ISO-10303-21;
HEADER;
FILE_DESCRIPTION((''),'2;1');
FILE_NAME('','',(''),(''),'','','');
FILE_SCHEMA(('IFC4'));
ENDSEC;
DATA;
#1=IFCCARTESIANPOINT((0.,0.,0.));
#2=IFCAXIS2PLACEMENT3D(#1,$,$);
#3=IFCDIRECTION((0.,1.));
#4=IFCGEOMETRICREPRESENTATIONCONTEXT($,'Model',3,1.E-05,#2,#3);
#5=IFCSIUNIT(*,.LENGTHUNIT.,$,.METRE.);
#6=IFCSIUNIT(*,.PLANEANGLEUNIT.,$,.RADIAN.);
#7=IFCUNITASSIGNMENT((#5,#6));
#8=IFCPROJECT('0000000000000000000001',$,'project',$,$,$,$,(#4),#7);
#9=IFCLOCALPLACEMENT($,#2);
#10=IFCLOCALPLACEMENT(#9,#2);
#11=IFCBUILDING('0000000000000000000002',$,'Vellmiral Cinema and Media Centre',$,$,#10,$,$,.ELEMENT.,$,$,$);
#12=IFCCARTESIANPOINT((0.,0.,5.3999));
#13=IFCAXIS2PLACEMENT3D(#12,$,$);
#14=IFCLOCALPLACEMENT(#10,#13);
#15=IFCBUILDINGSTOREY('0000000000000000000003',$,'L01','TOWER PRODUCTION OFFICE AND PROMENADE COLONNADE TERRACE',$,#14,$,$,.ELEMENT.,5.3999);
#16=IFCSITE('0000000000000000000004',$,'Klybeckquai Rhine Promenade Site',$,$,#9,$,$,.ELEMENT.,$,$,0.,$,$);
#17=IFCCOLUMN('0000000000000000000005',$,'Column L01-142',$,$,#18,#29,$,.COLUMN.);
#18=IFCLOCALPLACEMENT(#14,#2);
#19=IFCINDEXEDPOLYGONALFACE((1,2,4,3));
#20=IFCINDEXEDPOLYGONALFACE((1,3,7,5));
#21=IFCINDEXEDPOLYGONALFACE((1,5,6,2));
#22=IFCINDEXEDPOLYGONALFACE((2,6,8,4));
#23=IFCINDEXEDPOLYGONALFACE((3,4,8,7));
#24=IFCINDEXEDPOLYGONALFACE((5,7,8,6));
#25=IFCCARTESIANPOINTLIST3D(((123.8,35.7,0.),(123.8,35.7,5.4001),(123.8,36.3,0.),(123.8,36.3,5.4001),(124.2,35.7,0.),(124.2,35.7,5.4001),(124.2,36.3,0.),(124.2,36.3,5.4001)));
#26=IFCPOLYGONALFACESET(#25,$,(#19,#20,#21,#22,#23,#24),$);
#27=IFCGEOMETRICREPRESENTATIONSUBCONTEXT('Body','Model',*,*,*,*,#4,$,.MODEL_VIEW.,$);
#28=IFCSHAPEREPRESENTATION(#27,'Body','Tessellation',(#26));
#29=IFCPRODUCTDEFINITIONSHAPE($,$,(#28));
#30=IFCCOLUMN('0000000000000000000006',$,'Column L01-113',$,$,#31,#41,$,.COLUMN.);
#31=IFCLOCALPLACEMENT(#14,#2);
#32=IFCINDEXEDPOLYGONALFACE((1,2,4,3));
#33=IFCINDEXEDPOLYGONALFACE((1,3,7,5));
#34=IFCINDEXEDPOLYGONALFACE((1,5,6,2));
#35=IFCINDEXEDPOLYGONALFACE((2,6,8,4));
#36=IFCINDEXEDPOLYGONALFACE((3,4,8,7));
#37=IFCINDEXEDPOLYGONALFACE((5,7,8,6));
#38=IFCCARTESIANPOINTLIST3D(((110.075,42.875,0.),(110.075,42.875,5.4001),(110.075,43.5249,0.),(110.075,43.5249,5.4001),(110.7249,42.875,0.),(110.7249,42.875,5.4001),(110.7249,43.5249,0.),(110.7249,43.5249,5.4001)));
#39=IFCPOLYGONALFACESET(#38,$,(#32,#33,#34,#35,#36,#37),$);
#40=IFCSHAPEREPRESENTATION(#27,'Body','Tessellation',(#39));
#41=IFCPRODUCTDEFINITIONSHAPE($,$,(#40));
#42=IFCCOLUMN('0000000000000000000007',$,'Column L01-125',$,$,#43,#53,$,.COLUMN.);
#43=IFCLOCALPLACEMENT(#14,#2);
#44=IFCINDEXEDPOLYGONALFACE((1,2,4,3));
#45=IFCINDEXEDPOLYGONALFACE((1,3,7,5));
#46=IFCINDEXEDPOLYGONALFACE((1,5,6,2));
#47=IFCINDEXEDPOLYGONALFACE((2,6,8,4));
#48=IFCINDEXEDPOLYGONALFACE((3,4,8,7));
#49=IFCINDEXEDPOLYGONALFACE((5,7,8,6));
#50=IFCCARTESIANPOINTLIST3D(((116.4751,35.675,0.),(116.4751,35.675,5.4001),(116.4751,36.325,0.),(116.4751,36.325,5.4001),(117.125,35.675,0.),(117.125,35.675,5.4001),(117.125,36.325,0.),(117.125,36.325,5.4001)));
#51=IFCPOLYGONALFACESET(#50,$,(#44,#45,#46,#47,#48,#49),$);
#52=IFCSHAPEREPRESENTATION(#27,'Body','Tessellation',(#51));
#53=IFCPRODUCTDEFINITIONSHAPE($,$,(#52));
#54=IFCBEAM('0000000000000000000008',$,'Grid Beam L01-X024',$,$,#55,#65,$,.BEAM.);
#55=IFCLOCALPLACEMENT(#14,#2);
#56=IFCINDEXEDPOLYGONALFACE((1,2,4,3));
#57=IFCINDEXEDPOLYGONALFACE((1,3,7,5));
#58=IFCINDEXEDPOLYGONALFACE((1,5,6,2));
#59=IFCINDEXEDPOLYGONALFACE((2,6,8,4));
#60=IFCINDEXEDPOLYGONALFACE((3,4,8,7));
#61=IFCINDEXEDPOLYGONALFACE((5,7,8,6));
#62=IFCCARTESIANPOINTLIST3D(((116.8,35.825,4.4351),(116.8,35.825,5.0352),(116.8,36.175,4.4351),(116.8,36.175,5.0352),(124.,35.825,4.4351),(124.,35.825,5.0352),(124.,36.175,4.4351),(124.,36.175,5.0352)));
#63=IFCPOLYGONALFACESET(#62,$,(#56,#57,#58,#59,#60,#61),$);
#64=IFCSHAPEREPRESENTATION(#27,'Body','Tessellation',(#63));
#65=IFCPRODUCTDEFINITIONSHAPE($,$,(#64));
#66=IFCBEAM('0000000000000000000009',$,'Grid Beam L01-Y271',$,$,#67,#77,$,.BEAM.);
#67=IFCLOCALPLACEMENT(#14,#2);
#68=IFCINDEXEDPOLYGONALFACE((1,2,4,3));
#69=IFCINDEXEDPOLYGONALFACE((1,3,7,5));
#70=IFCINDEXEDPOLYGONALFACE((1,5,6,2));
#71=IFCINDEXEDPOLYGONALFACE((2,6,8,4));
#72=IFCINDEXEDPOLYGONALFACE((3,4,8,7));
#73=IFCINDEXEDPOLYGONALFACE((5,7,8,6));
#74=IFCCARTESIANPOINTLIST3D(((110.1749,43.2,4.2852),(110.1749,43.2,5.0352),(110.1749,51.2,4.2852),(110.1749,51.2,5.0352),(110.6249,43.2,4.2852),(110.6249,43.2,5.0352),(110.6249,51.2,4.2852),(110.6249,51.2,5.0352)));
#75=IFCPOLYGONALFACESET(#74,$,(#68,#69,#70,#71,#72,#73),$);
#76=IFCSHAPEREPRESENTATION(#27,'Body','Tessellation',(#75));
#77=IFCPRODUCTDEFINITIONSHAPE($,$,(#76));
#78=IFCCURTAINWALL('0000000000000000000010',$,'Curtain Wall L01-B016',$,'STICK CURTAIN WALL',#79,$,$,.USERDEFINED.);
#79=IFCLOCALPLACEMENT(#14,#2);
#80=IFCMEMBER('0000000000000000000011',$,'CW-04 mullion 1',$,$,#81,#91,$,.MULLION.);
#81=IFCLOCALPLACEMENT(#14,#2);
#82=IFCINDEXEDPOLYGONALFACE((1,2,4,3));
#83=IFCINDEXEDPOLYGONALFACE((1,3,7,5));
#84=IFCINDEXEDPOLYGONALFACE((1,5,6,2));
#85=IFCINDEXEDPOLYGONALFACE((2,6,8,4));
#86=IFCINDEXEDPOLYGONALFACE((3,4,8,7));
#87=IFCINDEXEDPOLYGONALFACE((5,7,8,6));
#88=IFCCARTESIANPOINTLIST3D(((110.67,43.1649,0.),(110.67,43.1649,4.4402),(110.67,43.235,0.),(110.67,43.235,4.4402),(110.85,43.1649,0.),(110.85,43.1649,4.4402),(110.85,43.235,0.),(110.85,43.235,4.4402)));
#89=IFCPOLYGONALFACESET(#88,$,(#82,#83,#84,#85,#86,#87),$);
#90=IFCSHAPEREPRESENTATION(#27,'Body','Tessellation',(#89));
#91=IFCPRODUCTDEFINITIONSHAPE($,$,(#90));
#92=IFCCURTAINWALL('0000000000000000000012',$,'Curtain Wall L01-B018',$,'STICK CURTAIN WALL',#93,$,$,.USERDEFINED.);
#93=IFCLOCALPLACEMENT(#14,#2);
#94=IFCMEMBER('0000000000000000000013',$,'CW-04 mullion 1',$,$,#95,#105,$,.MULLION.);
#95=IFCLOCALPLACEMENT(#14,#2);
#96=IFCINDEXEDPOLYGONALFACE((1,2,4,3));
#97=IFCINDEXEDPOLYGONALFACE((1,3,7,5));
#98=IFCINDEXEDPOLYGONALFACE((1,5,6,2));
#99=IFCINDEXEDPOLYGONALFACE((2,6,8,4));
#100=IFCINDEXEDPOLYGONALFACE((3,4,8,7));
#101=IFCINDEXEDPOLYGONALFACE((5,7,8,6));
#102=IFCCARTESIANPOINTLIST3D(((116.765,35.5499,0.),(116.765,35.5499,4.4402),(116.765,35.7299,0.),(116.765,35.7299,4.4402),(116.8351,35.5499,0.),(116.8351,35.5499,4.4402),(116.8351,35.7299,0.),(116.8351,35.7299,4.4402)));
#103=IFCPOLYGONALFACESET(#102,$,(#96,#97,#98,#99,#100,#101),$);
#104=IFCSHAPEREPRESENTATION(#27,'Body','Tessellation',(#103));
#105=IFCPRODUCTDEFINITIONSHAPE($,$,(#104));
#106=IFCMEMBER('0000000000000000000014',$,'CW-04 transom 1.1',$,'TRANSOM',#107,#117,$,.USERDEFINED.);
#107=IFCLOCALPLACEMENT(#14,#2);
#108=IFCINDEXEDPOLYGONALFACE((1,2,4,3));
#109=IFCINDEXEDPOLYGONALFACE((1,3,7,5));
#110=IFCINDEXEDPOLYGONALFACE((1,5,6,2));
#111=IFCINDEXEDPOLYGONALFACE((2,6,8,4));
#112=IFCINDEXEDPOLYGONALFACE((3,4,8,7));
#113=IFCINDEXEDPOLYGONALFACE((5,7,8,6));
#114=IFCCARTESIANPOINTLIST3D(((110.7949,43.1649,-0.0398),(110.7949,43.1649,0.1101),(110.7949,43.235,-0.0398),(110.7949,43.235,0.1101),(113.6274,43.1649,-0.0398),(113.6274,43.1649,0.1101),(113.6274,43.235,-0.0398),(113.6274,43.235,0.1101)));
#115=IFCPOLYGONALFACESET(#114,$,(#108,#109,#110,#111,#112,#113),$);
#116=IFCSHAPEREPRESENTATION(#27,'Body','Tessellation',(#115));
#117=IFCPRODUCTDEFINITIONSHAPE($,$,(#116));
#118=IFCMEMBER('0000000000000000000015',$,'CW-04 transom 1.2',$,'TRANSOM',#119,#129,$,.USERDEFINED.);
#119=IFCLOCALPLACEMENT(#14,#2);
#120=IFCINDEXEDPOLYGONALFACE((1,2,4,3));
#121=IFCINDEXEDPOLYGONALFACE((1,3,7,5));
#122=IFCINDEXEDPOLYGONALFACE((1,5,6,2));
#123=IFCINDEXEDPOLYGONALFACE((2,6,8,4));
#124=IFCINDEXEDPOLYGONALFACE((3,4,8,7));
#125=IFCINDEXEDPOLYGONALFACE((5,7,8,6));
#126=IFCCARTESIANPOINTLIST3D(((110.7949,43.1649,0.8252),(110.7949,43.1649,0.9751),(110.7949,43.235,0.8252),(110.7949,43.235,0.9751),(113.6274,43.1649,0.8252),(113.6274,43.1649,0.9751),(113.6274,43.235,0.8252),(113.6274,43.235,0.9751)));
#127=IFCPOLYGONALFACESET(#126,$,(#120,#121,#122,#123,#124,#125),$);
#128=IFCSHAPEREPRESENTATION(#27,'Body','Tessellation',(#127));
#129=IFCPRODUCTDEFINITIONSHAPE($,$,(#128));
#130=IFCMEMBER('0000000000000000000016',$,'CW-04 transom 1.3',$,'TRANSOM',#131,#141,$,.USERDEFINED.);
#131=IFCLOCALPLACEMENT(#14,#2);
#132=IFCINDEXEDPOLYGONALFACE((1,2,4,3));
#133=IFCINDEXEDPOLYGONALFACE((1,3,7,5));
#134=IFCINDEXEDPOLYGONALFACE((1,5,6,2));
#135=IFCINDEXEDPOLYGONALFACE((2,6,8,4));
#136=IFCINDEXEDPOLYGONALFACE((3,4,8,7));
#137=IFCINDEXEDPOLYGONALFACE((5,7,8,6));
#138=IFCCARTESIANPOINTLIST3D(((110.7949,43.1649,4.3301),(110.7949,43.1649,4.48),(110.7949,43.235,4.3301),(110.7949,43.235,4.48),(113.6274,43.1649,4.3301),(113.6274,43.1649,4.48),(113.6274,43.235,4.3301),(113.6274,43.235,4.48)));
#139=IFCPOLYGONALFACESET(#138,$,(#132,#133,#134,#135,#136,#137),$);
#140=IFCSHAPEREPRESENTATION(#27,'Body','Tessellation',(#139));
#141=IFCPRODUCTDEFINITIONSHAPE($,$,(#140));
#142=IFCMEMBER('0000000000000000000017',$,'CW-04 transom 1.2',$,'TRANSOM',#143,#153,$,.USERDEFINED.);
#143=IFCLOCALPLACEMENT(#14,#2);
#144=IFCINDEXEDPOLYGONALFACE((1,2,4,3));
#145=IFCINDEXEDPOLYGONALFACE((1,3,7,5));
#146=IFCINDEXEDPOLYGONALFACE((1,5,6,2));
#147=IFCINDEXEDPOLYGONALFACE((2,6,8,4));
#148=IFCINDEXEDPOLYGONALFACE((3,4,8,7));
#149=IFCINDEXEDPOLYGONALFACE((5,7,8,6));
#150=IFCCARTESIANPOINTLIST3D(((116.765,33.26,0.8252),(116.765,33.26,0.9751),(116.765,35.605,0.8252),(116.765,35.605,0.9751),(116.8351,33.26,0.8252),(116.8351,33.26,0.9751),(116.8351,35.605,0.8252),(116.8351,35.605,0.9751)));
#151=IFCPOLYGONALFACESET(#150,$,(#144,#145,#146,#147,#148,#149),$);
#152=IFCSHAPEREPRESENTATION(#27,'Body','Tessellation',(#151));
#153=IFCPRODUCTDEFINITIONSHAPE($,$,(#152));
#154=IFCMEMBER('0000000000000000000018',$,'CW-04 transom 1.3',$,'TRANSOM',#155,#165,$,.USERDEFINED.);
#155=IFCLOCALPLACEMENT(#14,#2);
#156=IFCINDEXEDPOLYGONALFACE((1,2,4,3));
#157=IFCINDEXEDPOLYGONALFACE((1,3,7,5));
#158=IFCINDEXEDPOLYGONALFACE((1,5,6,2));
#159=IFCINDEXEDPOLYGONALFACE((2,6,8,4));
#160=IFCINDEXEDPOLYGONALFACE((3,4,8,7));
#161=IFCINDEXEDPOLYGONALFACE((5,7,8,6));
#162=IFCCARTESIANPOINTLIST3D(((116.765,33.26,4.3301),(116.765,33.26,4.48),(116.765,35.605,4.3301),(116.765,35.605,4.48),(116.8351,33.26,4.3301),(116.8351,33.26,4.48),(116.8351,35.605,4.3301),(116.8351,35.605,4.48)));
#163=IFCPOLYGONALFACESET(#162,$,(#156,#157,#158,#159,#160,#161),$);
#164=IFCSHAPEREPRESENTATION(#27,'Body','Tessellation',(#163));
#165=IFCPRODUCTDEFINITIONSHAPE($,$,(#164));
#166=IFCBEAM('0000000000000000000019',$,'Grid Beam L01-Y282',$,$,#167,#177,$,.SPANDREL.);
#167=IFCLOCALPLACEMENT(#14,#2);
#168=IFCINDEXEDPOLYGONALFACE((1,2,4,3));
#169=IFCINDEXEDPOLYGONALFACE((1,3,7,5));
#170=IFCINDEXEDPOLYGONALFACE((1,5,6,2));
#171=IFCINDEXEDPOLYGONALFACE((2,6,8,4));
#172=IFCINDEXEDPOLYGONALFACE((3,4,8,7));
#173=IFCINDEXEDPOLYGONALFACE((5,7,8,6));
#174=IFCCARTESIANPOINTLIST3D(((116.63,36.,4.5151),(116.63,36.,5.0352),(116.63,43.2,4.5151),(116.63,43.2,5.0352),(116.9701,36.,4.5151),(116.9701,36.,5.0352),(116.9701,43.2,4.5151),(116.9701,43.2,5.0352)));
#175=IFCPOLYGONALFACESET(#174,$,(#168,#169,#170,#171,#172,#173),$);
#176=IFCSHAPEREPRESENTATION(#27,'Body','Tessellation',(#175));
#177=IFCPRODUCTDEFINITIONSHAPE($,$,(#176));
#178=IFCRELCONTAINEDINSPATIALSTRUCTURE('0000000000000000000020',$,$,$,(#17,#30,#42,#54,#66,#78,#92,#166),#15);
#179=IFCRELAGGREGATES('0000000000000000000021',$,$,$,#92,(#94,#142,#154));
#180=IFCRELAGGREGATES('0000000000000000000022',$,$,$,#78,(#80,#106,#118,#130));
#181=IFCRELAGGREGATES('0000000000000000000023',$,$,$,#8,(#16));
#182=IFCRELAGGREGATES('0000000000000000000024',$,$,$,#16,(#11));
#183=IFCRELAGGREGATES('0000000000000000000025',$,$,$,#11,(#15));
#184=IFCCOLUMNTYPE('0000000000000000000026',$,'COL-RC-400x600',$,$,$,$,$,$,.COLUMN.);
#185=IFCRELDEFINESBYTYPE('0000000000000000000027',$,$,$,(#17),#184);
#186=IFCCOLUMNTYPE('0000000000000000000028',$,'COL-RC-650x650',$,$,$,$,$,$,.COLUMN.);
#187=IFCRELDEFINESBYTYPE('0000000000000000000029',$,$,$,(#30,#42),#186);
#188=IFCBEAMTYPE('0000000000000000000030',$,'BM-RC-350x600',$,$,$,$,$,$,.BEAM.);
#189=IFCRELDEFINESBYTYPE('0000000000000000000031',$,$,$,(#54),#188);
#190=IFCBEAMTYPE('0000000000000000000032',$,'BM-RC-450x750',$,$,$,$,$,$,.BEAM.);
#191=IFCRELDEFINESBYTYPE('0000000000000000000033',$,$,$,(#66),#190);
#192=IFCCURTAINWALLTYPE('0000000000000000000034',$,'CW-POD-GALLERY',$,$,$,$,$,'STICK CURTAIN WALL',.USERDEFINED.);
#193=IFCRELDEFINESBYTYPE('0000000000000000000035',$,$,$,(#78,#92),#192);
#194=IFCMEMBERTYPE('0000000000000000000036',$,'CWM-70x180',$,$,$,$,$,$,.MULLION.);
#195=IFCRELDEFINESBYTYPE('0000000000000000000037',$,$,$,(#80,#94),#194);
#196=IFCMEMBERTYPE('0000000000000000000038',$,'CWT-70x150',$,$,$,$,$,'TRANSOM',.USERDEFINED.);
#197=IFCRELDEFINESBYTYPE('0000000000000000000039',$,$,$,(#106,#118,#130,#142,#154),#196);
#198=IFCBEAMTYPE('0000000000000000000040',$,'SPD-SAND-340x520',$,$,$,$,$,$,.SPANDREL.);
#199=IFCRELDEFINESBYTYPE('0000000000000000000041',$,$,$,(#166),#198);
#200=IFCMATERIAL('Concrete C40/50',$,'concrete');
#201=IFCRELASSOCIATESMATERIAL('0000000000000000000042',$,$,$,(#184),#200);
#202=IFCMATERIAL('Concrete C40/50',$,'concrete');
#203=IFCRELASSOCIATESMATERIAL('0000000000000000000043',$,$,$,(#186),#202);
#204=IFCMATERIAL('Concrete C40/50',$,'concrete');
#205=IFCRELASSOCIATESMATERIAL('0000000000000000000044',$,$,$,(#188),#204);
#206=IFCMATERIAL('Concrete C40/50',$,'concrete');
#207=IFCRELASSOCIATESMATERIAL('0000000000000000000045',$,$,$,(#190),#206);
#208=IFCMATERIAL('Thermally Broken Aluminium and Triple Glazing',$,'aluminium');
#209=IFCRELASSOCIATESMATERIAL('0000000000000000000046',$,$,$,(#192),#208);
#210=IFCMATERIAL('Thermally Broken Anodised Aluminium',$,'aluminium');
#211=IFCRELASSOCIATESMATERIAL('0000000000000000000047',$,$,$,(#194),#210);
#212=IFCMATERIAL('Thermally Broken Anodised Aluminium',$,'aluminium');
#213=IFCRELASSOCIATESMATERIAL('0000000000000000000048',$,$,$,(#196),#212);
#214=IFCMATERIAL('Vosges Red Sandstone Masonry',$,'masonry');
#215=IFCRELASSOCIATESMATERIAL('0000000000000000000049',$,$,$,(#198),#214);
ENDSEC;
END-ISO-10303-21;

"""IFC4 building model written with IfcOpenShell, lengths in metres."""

from ifc_helpers import new_model, si_unit, direction, frame, origin, origin_2d, place, context, subcontext, project, spatial, rectangle, extrude, material, material_profile, profile_set, type_object, element, aggregate, save


model = new_model("IFC4")

# Units and contexts
model_context = context("Model", 3, precision=1e-05, world=origin(), true_north=direction((0.0, 1.0)))
body_context = subcontext(model_context, "Body", "Model", "MODEL_VIEW")
ifc_project = project(units=[si_unit("LENGTHUNIT", "METRE"), si_unit("PLANEANGLEUNIT", "RADIAN")], contexts=[model_context])

# Site, building, storey
site_placement = place(None, origin())
site = spatial("IfcSite", under=ifc_project, at=site_placement, Name="Klybeckquai Rhine Promenade Site", CompositionType="ELEMENT", RefElevation=0.0)
building_placement = place(site_placement, origin())
building = spatial("IfcBuilding", under=site, at=building_placement, Name="Vellmiral Cinema and Media Centre", CompositionType="ELEMENT")
storey_placement = place(building_placement, frame((0.0, 0.0, 5.3999)))
storey = spatial("IfcBuildingStorey", under=building, at=storey_placement, Name="L01", Description="TOWER PRODUCTION OFFICE AND PROMENADE COLONNADE TERRACE", CompositionType="ELEMENT", Elevation=5.3999)

# Columns
ifc_material_1 = material(Name="Concrete C40/50", Category="concrete")
ifc_material_profile_1 = material_profile(ifc_material_1, rectangle(XDim=0.3999, YDim=0.6001, at=origin_2d()), Name="RC 400x600")
ifc_profile_set_1 = profile_set([ifc_material_profile_1], Name="Concrete C40/50")
column_type_1 = type_object("IfcColumnType", Name="COL-RC-400x600", PredefinedType="COLUMN", material=ifc_profile_set_1)
column_placement = place(storey_placement, frame((124.0, 36.0, 0.0), z_axis=(0.0, 0.0, 1.0), x_axis=(1.0, 0.0, 0.0)))
element("IfcColumn", 1, at=column_placement, inside=storey, type_object=column_type_1, Name="Column L01-142", PredefinedType="COLUMN", context=body_context, shape_type="SweptSolid", body=[
    extrude(rectangle(XDim=0.3999, YDim=0.6001, at=origin_2d()), origin(), (0.0, 0.0, 1.0), 5.4001),
])
ifc_material_2 = material(Name="Concrete C40/50", Category="concrete")
ifc_material_profile_2 = material_profile(ifc_material_2, rectangle(XDim=0.6499, YDim=0.6499, at=origin_2d()), Name="RC 650x650")
ifc_profile_set_2 = profile_set([ifc_material_profile_2], Name="Concrete C40/50")
column_type_2 = type_object("IfcColumnType", Name="COL-RC-650x650", PredefinedType="COLUMN", material=ifc_profile_set_2)
for number, where, z_axis, x_axis, name in (
    (2, (110.3999, 43.2, 0.0), (0.0, 0.0, 1.0), (1.0, 0.0, 0.0), "Column L01-113"),
    (3, (116.8, 36.0, 0.0), (0.0, 0.0, 1.0), (1.0, 0.0, 0.0), "Column L01-125"),
):
    element("IfcColumn", number, at=place(storey_placement, frame(where, z_axis=z_axis, x_axis=x_axis)), inside=storey, type_object=column_type_2, Name=name, PredefinedType="COLUMN", context=body_context, shape_type="SweptSolid", body=[
        extrude(rectangle(XDim=0.6499, YDim=0.6499, at=origin_2d()), origin(), (0.0, 0.0, 1.0), 5.4001),
    ])

# Beams
ifc_material_3 = material(Name="Concrete C40/50", Category="concrete")
ifc_material_profile_3 = material_profile(ifc_material_3, rectangle(XDim=0.3501, YDim=0.6001, at=origin_2d()), Name="RC 350x600")
ifc_profile_set_3 = profile_set([ifc_material_profile_3], Name="Concrete C40/50")
beam_type_1 = type_object("IfcBeamType", Name="BM-RC-350x600", PredefinedType="BEAM", material=ifc_profile_set_3)
beam_1_placement = place(storey_placement, frame((116.8, 36.0, 4.7351), z_axis=(1.0, 0.0, 0.0), x_axis=(0.0, 1.0, 0.0)))
element("IfcBeam", 4, at=beam_1_placement, inside=storey, type_object=beam_type_1, Name="Grid Beam L01-X024", PredefinedType="BEAM", context=body_context, shape_type="SweptSolid", body=[
    extrude(rectangle(XDim=0.3501, YDim=0.6001, at=origin_2d()), origin(), (0.0, 0.0, 1.0), 7.2),
])
ifc_material_4 = material(Name="Concrete C40/50", Category="concrete")
ifc_material_profile_4 = material_profile(ifc_material_4, rectangle(XDim=0.45, YDim=0.75, at=origin_2d()), Name="RC 450x750")
ifc_profile_set_4 = profile_set([ifc_material_profile_4], Name="Concrete C40/50")
beam_type_2 = type_object("IfcBeamType", Name="BM-RC-450x750", PredefinedType="BEAM", material=ifc_profile_set_4)
beam_2_placement = place(storey_placement, frame((110.3999, 43.2, 4.6602), z_axis=(0.0, 1.0, 0.0), x_axis=(-1.0, 0.0, 0.0)))
element("IfcBeam", 5, at=beam_2_placement, inside=storey, type_object=beam_type_2, Name="Grid Beam L01-Y271", PredefinedType="BEAM", context=body_context, shape_type="SweptSolid", body=[
    extrude(rectangle(XDim=0.45, YDim=0.75, at=origin_2d()), origin(), (0.0, 0.0, 1.0), 8.0),
])

# Curtain walls, members
ifc_material_5 = material(Name="Thermally Broken Aluminium and Triple Glazing", Category="aluminium")
curtain_wall_type = type_object("IfcCurtainWallType", Name="CW-POD-GALLERY", ElementType="STICK CURTAIN WALL", PredefinedType="USERDEFINED", material=ifc_material_5)
curtain_wall_1_placement = place(storey_placement, origin())
curtain_wall_1 = element("IfcCurtainWall", 6, at=curtain_wall_1_placement, inside=storey, type_object=curtain_wall_type, Name="Curtain Wall L01-B016", ObjectType="STICK CURTAIN WALL", PredefinedType="USERDEFINED")
ifc_material_6 = material(Name="Thermally Broken Anodised Aluminium", Category="aluminium")
ifc_material_profile_5 = material_profile(ifc_material_6, rectangle(XDim=0.0701, YDim=0.1799, at=origin_2d()), Name="MULL 70x180")
ifc_profile_set_5 = profile_set([ifc_material_profile_5], Name="Thermally Broken Anodised Aluminium")
member_type_1 = type_object("IfcMemberType", Name="CWM-70x180", PredefinedType="MULLION", material=ifc_profile_set_5)
member_1_placement = place(storey_placement, frame((110.76, 43.2, 0.0), z_axis=(0.0, 0.0, 1.0), x_axis=(0.0, 1.0, 0.0)))
member_1 = element("IfcMember", 7, at=member_1_placement, type_object=member_type_1, Name="CW-04 mullion 1", PredefinedType="MULLION", context=body_context, shape_type="SweptSolid", body=[
    extrude(rectangle(XDim=0.0701, YDim=0.1799, at=origin_2d()), origin(), (0.0, 0.0, 1.0), 4.4402),
])
curtain_wall_2_placement = place(storey_placement, origin())
curtain_wall_2 = element("IfcCurtainWall", 8, at=curtain_wall_2_placement, inside=storey, type_object=curtain_wall_type, Name="Curtain Wall L01-B018", ObjectType="STICK CURTAIN WALL", PredefinedType="USERDEFINED")
member_2_placement = place(storey_placement, frame((116.8, 35.6399, 0.0), z_axis=(0.0, 0.0, 1.0), x_axis=(1.0, 0.0, 0.0)))
member_2 = element("IfcMember", 9, at=member_2_placement, type_object=member_type_1, Name="CW-04 mullion 1", PredefinedType="MULLION", context=body_context, shape_type="SweptSolid", body=[
    extrude(rectangle(XDim=0.0701, YDim=0.1799, at=origin_2d()), origin(), (0.0, 0.0, 1.0), 4.4402),
])

# Members
ifc_material_7 = material(Name="Thermally Broken Anodised Aluminium", Category="aluminium")
ifc_material_profile_6 = material_profile(ifc_material_7, rectangle(XDim=0.0701, YDim=0.1499, at=origin_2d()), Name="MULL 70x150")
ifc_profile_set_6 = profile_set([ifc_material_profile_6], Name="Thermally Broken Anodised Aluminium")
member_type_2 = type_object("IfcMemberType", Name="CWT-70x150", ElementType="TRANSOM", PredefinedType="USERDEFINED", material=ifc_profile_set_6)
member_3_placement = place(storey_placement, frame((110.7949, 43.2, 0.0352), z_axis=(1.0, 0.0, 0.0), x_axis=(0.0, 1.0, 0.0)))
member_3 = element("IfcMember", 10, at=member_3_placement, type_object=member_type_2, Name="CW-04 transom 1.1", ObjectType="TRANSOM", PredefinedType="USERDEFINED", context=body_context, shape_type="SweptSolid", body=[
    extrude(rectangle(XDim=0.0701, YDim=0.1499, at=origin_2d()), origin(), (0.0, 0.0, 1.0), 2.8325),
])
member_4_placement = place(storey_placement, frame((110.7949, 43.2, 0.9001), z_axis=(1.0, 0.0, 0.0), x_axis=(0.0, 1.0, 0.0)))
member_4 = element("IfcMember", 11, at=member_4_placement, type_object=member_type_2, Name="CW-04 transom 1.2", ObjectType="TRANSOM", PredefinedType="USERDEFINED", context=body_context, shape_type="SweptSolid", body=[
    extrude(rectangle(XDim=0.0701, YDim=0.1499, at=origin_2d()), origin(), (0.0, 0.0, 1.0), 2.8325),
])
member_5_placement = place(storey_placement, frame((110.7949, 43.2, 4.405), z_axis=(1.0, 0.0, 0.0), x_axis=(0.0, 1.0, 0.0)))
member_5 = element("IfcMember", 12, at=member_5_placement, type_object=member_type_2, Name="CW-04 transom 1.3", ObjectType="TRANSOM", PredefinedType="USERDEFINED", context=body_context, shape_type="SweptSolid", body=[
    extrude(rectangle(XDim=0.0701, YDim=0.1499, at=origin_2d()), origin(), (0.0, 0.0, 1.0), 2.8325),
])
member_6_placement = place(storey_placement, frame((116.8, 35.605, 0.9001), z_axis=(0.0, -1.0, 0.0), x_axis=(1.0, 0.0, 0.0)))
member_6 = element("IfcMember", 13, at=member_6_placement, type_object=member_type_2, Name="CW-04 transom 1.2", ObjectType="TRANSOM", PredefinedType="USERDEFINED", context=body_context, shape_type="SweptSolid", body=[
    extrude(rectangle(XDim=0.0701, YDim=0.1499, at=origin_2d()), origin(), (0.0, 0.0, 1.0), 2.345),
])
member_7_placement = place(storey_placement, frame((116.8, 35.605, 4.405), z_axis=(0.0, -1.0, 0.0), x_axis=(1.0, 0.0, 0.0)))
member_7 = element("IfcMember", 14, at=member_7_placement, type_object=member_type_2, Name="CW-04 transom 1.3", ObjectType="TRANSOM", PredefinedType="USERDEFINED", context=body_context, shape_type="SweptSolid", body=[
    extrude(rectangle(XDim=0.0701, YDim=0.1499, at=origin_2d()), origin(), (0.0, 0.0, 1.0), 2.345),
])
aggregate(curtain_wall_2, [member_2, member_6, member_7])

# Beam
ifc_material_8 = material(Name="Vosges Red Sandstone Masonry", Category="masonry")
ifc_material_profile_7 = material_profile(ifc_material_8, rectangle(XDim=0.3401, YDim=0.52, at=origin_2d()), Name="SAND 340x520")
ifc_profile_set_7 = profile_set([ifc_material_profile_7], Name="Vosges Red Sandstone Masonry")
beam_type_3 = type_object("IfcBeamType", Name="SPD-SAND-340x520", PredefinedType="SPANDREL", material=ifc_profile_set_7)
beam_3_placement = place(storey_placement, frame((116.8, 36.0, 4.7751), z_axis=(0.0, 1.0, 0.0), x_axis=(-1.0, 0.0, 0.0)))
element("IfcBeam", 15, at=beam_3_placement, inside=storey, type_object=beam_type_3, Name="Grid Beam L01-Y282", PredefinedType="SPANDREL", context=body_context, shape_type="SweptSolid", body=[
    extrude(rectangle(XDim=0.3401, YDim=0.52, at=origin_2d()), origin(), (0.0, 0.0, 1.0), 7.2),
])

aggregate(curtain_wall_1, [member_1, member_3, member_4, member_5])

save(model, "model.ifc")
